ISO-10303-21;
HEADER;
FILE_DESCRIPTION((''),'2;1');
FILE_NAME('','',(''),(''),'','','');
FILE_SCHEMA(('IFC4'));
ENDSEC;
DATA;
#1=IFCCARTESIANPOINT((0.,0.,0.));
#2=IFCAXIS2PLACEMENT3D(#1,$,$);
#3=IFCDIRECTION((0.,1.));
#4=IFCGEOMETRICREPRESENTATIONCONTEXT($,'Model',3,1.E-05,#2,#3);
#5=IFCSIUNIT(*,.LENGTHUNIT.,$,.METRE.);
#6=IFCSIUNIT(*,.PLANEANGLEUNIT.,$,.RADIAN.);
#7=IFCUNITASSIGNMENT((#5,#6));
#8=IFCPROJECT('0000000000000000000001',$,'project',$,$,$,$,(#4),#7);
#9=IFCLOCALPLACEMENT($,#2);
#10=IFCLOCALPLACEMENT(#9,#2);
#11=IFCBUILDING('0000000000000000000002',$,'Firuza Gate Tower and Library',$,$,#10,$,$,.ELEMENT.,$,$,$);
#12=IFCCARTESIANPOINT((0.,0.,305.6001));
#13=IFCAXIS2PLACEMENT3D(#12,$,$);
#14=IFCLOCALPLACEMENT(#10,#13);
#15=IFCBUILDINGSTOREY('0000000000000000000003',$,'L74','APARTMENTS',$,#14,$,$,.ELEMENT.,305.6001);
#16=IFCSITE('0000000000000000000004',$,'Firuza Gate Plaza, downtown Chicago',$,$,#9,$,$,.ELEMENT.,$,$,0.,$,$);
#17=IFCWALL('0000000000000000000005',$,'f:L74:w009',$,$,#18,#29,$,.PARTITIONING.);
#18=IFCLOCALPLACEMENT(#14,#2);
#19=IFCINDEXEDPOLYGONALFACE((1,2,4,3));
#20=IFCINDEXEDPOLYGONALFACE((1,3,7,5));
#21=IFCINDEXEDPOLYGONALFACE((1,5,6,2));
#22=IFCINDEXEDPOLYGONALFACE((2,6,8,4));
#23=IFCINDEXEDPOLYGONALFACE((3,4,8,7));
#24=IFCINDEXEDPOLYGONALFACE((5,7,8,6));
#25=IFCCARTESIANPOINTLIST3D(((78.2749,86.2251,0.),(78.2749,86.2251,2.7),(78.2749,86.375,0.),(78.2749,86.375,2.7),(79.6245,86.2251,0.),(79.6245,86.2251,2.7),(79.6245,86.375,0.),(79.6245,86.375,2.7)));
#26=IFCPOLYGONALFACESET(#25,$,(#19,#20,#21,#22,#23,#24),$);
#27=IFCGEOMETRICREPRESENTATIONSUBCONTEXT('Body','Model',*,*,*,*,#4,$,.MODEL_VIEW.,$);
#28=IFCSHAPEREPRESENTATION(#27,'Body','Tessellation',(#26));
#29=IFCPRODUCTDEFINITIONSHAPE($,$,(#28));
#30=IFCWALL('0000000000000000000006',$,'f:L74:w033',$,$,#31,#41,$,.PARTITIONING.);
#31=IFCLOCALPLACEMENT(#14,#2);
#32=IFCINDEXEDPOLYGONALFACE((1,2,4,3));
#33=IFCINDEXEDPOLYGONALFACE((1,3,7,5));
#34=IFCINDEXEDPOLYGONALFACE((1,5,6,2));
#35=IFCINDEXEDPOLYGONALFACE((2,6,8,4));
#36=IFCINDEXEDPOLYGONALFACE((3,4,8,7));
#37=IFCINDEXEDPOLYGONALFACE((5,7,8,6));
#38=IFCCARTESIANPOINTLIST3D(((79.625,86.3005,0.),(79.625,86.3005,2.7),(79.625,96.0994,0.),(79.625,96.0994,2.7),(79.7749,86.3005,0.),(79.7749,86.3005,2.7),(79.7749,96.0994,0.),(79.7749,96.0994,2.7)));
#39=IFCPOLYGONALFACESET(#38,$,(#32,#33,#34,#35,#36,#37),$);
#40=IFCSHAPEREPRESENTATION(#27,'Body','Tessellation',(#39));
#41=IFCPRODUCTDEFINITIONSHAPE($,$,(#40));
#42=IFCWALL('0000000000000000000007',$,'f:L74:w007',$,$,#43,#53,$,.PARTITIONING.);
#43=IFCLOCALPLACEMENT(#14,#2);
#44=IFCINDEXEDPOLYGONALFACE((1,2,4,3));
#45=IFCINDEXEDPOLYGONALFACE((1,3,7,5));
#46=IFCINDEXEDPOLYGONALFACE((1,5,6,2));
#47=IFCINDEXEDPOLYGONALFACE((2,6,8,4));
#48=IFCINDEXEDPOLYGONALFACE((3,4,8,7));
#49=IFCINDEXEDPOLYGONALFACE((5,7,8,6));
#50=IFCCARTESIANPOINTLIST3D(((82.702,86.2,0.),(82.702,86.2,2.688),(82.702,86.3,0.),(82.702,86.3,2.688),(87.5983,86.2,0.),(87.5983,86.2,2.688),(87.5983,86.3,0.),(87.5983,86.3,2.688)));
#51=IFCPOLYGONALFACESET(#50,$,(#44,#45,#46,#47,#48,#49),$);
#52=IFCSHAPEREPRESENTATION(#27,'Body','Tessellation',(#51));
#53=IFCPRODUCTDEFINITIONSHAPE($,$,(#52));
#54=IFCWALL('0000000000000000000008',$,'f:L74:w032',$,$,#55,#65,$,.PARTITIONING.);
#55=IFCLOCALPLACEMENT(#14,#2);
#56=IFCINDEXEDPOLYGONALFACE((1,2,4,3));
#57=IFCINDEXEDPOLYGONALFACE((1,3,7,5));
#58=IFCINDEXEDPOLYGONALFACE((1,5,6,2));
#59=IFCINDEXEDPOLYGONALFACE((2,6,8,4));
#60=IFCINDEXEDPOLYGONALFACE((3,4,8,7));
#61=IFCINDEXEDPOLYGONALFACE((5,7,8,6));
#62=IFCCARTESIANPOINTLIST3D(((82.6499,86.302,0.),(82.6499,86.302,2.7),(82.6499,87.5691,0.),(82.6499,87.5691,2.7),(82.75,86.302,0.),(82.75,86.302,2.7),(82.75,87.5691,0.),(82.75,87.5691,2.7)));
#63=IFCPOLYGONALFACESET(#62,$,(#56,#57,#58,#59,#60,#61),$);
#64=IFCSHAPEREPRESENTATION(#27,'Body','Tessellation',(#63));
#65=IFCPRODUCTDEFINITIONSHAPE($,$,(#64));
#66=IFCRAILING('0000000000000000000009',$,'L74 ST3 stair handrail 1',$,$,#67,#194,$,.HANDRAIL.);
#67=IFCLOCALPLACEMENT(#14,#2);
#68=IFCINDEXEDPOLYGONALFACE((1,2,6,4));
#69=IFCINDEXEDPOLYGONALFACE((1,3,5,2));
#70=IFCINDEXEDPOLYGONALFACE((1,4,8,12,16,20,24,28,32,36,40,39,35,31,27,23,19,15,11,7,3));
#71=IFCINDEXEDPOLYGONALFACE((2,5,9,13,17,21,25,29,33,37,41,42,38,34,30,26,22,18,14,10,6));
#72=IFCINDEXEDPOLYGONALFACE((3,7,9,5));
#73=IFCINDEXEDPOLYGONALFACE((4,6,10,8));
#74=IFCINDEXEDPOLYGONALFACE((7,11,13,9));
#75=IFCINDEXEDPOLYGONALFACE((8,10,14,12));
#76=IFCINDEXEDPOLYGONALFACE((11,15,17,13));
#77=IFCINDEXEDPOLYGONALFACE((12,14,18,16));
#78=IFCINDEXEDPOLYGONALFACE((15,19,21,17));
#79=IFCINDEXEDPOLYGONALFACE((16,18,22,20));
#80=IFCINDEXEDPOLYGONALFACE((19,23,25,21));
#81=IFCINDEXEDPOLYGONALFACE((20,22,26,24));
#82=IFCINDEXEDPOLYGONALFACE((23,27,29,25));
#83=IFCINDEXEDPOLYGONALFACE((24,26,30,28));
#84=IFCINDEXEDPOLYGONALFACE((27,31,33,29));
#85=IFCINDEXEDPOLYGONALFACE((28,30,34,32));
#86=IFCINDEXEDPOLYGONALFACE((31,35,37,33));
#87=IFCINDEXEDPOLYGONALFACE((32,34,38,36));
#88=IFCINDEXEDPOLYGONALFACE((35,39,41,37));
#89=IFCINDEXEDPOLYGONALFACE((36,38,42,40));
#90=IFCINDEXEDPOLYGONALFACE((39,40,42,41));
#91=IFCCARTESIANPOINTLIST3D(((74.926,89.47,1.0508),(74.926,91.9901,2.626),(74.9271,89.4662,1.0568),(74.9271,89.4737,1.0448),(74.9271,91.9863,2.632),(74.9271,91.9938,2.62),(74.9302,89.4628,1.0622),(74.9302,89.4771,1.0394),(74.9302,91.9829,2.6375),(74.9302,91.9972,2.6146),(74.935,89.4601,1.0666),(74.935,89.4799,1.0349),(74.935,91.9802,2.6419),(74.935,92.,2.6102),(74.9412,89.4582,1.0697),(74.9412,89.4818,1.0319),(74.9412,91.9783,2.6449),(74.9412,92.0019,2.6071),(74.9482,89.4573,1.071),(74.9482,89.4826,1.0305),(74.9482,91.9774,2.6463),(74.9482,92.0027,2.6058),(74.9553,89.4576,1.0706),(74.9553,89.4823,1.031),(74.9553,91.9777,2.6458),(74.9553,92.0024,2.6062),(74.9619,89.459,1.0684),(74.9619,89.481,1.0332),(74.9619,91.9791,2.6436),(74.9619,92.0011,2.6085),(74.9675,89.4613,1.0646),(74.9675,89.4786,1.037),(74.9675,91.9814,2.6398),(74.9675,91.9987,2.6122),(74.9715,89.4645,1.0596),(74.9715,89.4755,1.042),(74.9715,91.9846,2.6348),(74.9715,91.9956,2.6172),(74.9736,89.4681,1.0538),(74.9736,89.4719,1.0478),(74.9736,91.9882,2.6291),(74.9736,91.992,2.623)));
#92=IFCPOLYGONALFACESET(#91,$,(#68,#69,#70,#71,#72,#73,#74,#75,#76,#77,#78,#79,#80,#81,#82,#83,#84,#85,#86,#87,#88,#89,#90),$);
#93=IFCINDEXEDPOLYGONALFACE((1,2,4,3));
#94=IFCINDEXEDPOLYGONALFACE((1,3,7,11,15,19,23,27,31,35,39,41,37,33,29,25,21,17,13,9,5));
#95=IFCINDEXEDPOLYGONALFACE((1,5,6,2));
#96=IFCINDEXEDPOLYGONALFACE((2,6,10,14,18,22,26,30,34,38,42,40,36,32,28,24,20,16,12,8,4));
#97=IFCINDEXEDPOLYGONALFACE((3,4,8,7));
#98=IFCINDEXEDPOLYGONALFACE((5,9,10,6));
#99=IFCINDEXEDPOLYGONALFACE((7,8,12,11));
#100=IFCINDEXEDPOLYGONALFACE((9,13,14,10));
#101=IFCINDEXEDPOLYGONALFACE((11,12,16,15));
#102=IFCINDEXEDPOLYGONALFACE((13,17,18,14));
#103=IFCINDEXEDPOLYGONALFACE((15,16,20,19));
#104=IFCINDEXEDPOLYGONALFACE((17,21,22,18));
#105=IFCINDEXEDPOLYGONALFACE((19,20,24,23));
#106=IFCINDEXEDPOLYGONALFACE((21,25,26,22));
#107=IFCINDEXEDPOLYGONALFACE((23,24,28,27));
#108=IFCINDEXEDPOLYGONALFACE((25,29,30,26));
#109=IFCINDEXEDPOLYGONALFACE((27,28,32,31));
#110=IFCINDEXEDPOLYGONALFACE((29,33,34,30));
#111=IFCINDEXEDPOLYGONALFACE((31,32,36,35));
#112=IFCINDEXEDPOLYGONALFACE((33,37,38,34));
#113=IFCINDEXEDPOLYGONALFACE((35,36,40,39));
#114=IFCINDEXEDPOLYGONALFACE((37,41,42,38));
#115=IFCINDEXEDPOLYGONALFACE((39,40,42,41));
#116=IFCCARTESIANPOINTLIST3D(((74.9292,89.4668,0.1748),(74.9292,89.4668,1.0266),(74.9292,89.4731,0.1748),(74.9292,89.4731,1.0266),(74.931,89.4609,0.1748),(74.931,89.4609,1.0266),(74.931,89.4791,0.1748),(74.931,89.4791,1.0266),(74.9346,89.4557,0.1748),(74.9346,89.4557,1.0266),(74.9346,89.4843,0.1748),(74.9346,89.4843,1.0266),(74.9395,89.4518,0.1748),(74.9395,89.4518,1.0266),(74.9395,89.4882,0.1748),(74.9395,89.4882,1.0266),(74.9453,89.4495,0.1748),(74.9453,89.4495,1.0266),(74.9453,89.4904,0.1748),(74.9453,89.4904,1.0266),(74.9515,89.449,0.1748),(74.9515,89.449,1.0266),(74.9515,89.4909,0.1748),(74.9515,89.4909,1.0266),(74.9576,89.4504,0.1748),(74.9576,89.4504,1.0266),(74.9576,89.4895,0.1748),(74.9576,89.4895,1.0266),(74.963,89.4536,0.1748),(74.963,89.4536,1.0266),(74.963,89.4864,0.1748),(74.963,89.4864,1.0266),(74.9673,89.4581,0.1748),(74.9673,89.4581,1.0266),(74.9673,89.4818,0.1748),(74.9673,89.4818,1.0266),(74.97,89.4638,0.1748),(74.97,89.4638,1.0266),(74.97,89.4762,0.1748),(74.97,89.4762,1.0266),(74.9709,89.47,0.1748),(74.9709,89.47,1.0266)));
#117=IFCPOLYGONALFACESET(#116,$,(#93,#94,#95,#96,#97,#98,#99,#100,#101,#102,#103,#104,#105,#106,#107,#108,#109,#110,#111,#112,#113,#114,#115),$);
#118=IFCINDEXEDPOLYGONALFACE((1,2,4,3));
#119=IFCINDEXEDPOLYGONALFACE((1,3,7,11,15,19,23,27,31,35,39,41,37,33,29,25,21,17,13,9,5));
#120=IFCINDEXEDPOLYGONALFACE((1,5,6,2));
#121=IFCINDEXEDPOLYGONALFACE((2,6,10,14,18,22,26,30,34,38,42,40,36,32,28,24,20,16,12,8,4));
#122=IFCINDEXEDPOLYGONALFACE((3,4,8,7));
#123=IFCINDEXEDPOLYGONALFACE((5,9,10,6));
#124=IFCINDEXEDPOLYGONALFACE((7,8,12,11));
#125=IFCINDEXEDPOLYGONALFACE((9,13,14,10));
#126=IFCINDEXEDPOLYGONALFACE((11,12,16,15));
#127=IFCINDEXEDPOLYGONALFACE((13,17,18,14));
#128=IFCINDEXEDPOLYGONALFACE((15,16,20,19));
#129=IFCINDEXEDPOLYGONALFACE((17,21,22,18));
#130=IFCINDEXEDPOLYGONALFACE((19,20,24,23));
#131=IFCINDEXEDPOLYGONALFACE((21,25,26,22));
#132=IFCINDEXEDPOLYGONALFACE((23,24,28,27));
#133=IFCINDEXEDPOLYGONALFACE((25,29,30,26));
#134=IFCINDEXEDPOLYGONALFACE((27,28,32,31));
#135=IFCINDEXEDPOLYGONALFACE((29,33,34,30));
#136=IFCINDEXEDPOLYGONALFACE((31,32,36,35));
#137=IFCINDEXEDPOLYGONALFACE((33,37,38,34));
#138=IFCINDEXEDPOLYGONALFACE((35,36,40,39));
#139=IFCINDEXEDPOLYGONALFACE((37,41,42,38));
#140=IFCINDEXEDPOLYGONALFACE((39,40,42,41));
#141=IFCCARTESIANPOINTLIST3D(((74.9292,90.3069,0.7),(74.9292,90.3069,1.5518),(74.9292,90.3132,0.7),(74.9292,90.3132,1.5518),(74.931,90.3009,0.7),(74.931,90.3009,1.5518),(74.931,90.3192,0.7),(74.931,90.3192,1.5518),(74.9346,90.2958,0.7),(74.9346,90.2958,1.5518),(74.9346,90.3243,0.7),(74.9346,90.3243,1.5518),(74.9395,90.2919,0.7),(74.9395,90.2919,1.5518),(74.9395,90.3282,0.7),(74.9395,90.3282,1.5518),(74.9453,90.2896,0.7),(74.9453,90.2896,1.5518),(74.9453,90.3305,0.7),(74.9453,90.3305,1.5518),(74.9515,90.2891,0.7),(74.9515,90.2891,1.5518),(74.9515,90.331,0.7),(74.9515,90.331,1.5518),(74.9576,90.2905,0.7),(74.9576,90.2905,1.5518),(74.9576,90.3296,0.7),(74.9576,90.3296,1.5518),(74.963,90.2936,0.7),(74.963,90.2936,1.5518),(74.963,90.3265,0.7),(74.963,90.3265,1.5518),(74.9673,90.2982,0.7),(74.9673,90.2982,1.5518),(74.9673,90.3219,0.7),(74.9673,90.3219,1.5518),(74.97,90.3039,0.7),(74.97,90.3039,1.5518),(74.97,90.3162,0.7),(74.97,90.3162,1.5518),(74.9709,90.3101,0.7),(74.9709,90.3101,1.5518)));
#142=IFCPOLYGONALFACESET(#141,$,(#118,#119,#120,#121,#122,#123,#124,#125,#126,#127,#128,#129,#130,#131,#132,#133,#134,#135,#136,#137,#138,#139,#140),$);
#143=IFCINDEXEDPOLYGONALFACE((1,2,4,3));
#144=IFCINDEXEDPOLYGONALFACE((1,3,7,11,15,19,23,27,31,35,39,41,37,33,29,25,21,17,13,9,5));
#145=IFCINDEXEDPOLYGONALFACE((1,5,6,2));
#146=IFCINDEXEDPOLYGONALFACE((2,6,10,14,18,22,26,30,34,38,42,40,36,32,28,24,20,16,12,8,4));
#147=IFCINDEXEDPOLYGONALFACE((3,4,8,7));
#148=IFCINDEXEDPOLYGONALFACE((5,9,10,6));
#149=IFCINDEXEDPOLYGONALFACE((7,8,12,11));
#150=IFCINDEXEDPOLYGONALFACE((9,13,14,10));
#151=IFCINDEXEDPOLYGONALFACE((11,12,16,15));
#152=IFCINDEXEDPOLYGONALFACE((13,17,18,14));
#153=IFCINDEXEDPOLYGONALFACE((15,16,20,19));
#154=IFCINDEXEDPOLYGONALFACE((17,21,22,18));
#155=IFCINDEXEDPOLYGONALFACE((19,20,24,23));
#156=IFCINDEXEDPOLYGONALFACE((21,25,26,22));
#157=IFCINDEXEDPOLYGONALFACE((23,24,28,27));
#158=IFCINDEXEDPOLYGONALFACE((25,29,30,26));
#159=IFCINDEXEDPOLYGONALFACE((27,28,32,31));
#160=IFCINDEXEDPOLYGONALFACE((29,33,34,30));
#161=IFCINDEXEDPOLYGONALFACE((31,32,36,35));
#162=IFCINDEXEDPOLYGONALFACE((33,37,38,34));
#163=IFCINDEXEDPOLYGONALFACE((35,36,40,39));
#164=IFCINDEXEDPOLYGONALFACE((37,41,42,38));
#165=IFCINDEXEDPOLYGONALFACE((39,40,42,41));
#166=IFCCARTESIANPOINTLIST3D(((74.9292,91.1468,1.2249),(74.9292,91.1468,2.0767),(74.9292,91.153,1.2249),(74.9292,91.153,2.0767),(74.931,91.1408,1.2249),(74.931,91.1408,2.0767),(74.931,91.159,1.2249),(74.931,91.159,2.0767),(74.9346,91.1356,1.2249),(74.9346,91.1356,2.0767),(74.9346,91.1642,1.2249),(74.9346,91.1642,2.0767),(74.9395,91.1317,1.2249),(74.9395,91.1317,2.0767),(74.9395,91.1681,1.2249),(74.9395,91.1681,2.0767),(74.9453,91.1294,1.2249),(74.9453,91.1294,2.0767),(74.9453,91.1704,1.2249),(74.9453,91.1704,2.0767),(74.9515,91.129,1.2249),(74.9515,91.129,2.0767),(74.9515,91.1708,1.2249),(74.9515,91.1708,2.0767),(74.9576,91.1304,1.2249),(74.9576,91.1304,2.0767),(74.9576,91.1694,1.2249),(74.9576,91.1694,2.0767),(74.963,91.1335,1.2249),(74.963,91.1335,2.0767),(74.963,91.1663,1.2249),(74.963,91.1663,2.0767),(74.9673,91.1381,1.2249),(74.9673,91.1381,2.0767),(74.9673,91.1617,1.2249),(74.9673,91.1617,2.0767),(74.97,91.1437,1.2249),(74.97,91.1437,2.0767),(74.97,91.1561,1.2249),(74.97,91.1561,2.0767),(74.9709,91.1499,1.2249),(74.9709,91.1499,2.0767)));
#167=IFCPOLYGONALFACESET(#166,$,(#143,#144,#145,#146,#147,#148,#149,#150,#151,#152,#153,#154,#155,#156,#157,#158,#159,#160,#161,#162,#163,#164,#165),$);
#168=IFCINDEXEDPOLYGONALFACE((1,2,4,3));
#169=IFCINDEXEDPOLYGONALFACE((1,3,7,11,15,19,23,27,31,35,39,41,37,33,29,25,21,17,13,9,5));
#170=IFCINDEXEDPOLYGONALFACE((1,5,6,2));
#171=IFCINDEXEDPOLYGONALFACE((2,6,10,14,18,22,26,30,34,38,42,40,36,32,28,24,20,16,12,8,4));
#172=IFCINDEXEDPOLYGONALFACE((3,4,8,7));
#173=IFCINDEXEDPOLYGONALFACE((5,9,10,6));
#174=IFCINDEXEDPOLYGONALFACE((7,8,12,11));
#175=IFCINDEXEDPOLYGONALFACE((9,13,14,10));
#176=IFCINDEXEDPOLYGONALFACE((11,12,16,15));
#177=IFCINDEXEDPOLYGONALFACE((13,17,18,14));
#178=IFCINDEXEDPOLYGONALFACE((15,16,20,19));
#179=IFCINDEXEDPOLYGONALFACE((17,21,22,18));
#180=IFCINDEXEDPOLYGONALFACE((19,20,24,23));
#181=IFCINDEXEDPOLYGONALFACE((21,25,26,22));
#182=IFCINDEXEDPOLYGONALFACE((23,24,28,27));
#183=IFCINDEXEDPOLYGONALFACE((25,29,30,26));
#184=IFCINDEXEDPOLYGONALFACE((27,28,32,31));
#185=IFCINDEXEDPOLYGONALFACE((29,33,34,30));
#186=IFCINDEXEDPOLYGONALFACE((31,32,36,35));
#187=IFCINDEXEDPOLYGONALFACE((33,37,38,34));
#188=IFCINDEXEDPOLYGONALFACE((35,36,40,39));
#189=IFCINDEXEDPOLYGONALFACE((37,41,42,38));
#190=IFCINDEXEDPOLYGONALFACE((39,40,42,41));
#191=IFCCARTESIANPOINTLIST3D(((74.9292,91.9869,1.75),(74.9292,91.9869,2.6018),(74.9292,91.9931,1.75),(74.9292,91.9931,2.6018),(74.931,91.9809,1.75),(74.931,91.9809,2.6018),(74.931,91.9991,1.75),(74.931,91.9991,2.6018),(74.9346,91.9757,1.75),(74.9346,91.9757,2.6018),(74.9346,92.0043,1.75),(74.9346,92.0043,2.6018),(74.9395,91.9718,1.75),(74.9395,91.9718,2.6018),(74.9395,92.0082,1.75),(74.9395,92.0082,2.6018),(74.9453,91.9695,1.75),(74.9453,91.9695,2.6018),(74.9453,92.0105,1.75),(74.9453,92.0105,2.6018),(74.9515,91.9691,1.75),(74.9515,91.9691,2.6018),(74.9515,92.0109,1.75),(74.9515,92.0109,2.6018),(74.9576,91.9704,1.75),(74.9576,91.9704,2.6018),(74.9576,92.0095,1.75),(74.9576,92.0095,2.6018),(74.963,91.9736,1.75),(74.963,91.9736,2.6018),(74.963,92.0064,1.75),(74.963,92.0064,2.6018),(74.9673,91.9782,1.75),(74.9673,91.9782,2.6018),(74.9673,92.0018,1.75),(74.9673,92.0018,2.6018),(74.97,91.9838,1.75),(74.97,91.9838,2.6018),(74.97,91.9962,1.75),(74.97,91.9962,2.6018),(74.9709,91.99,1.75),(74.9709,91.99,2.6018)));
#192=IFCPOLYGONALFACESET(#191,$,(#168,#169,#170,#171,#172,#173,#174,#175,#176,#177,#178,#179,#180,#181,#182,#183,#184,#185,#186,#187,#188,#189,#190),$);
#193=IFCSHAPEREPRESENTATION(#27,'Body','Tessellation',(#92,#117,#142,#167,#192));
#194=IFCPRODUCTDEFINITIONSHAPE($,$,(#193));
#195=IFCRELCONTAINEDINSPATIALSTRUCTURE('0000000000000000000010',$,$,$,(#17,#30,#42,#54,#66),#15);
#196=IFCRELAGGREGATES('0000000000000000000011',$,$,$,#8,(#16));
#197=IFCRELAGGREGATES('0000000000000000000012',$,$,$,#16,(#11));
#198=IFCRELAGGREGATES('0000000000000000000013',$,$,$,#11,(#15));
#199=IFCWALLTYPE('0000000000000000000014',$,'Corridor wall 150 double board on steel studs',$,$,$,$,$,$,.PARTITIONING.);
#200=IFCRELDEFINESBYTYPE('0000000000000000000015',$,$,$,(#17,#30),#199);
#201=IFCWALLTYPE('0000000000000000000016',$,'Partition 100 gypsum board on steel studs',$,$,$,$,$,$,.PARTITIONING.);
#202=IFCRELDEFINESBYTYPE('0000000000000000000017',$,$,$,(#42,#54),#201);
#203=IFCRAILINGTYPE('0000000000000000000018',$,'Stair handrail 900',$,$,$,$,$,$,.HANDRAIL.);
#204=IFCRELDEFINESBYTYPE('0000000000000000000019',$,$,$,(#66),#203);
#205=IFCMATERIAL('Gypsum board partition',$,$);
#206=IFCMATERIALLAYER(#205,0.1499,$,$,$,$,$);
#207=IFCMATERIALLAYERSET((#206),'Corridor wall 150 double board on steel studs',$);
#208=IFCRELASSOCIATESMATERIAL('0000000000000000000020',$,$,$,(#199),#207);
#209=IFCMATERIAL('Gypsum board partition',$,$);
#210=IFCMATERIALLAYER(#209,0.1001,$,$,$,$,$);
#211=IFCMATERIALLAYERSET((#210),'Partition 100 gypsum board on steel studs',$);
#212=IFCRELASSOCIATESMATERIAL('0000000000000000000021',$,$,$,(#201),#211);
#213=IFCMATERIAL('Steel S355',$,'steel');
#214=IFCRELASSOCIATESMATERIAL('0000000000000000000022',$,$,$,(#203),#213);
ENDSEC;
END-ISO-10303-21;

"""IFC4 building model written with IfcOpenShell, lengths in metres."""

from ifc_helpers import new_model, si_unit, direction, frame, frame_2d, origin, origin_2d, place, context, subcontext, project, spatial, rectangle, circle, extrude, material, layer, layer_set, type_object, element, save


model = new_model("IFC4")

# Units and contexts
model_context = context("Model", 3, precision=1e-05, world=origin(), true_north=direction((0.0, 1.0)))
body_context = subcontext(model_context, "Body", "Model", "MODEL_VIEW")
ifc_project = project(units=[si_unit("LENGTHUNIT", "METRE"), si_unit("PLANEANGLEUNIT", "RADIAN")], contexts=[model_context])

# Site, building, storey
site_placement = place(None, origin())
site = spatial("IfcSite", under=ifc_project, at=site_placement, Name="Firuza Gate Plaza, downtown Chicago", CompositionType="ELEMENT", RefElevation=0.0)
building_placement = place(site_placement, origin())
building = spatial("IfcBuilding", under=site, at=building_placement, Name="Firuza Gate Tower and Library", CompositionType="ELEMENT")
storey_placement = place(building_placement, frame((0.0, 0.0, 305.6001)))
storey = spatial("IfcBuildingStorey", under=building, at=storey_placement, Name="L74", Description="APARTMENTS", CompositionType="ELEMENT", Elevation=305.6001)

# Walls
ifc_material_1 = material(Name="Gypsum board partition")
ifc_layer_1 = layer(ifc_material_1, 0.1499)
ifc_layer_set_1 = layer_set([ifc_layer_1], Name="Corridor wall 150 double board on steel studs")
wall_type_1 = type_object("IfcWallType", Name="Corridor wall 150 double board on steel studs", PredefinedType="PARTITIONING", material=ifc_layer_set_1)
wall_1_placement = place(storey_placement, frame((78.2749, 86.3, 0.0), z_axis=(0.0, 0.0, 1.0), x_axis=(1.0, 0.0, 0.0)))
element("IfcWall", 1, at=wall_1_placement, inside=storey, type_object=wall_type_1, Name="f:L74:w009", PredefinedType="PARTITIONING", context=body_context, shape_type="SweptSolid", body=[
    extrude(rectangle(XDim=1.3496, YDim=0.1499, at=frame_2d((0.6748, 0.0))), origin(), (0.0, 0.0, 1.0), 2.7),
])
wall_2_placement = place(storey_placement, frame((79.7, 86.3005, 0.0), z_axis=(0.0, 0.0, 1.0), x_axis=(0.0, 1.0, 0.0)))
element("IfcWall", 2, at=wall_2_placement, inside=storey, type_object=wall_type_1, Name="f:L74:w033", PredefinedType="PARTITIONING", context=body_context, shape_type="SweptSolid", body=[
    extrude(rectangle(XDim=9.7988, YDim=0.1499, at=frame_2d((4.8994, 0.0))), origin(), (0.0, 0.0, 1.0), 2.7),
])
ifc_material_2 = material(Name="Gypsum board partition")
ifc_layer_2 = layer(ifc_material_2, 0.1001)
ifc_layer_set_2 = layer_set([ifc_layer_2], Name="Partition 100 gypsum board on steel studs")
wall_type_2 = type_object("IfcWallType", Name="Partition 100 gypsum board on steel studs", PredefinedType="PARTITIONING", material=ifc_layer_set_2)
wall_3_placement = place(storey_placement, frame((82.7019, 86.25, 0.0), z_axis=(0.0, 0.0, 1.0), x_axis=(1.0, 0.0, 0.0)))
element("IfcWall", 3, at=wall_3_placement, inside=storey, type_object=wall_type_2, Name="f:L74:w007", PredefinedType="PARTITIONING", context=body_context, shape_type="SweptSolid", body=[
    extrude(rectangle(XDim=4.8962, YDim=0.1001, at=frame_2d((2.4482, 0.0))), origin(), (0.0, 0.0, 1.0), 2.688),
])
wall_4_placement = place(storey_placement, frame((82.7, 86.302, 0.0), z_axis=(0.0, 0.0, 1.0), x_axis=(0.0, 1.0, 0.0)))
element("IfcWall", 4, at=wall_4_placement, inside=storey, type_object=wall_type_2, Name="f:L74:w032", PredefinedType="PARTITIONING", context=body_context, shape_type="SweptSolid", body=[
    extrude(rectangle(XDim=1.2671, YDim=0.1001, at=frame_2d((0.6335, 0.0))), origin(), (0.0, 0.0, 1.0), 2.7),
])

# Railing
ifc_material_3 = material(Name="Steel S355", Category="steel")
railing_type = type_object("IfcRailingType", Name="Stair handrail 900", PredefinedType="HANDRAIL", material=ifc_material_3)
railing_placement = place(storey_placement, frame((74.95, 89.47, 0.1748)))
element("IfcRailing", 5, at=railing_placement, inside=storey, type_object=railing_type, Name="L74 ST3 stair handrail 1", PredefinedType="HANDRAIL", context=body_context, shape_type="SweptSolid", body=[
    extrude(circle(Radius=0.0239, at=origin_2d()), frame((0.0, 0.0, 0.876), z_axis=(0.0, 0.847971, 0.530043), x_axis=(-1.0, 0.0, 0.0)), (0.0, 0.0, 1.0), 2.9719),
    extrude(circle(Radius=0.021, at=origin_2d()), origin(), (0.0, 0.0, 1.0), 0.8518),
    extrude(circle(Radius=0.021, at=origin_2d()), frame((0.0, 0.8401, 0.5251)), (0.0, 0.0, 1.0), 0.8518),
    extrude(circle(Radius=0.021, at=origin_2d()), frame((0.0, 1.6799, 1.05)), (0.0, 0.0, 1.0), 0.8518),
    extrude(circle(Radius=0.021, at=origin_2d()), frame((0.0, 2.52, 1.5752)), (0.0, 0.0, 1.0), 0.8518),
])

save(model, "model.ifc")
